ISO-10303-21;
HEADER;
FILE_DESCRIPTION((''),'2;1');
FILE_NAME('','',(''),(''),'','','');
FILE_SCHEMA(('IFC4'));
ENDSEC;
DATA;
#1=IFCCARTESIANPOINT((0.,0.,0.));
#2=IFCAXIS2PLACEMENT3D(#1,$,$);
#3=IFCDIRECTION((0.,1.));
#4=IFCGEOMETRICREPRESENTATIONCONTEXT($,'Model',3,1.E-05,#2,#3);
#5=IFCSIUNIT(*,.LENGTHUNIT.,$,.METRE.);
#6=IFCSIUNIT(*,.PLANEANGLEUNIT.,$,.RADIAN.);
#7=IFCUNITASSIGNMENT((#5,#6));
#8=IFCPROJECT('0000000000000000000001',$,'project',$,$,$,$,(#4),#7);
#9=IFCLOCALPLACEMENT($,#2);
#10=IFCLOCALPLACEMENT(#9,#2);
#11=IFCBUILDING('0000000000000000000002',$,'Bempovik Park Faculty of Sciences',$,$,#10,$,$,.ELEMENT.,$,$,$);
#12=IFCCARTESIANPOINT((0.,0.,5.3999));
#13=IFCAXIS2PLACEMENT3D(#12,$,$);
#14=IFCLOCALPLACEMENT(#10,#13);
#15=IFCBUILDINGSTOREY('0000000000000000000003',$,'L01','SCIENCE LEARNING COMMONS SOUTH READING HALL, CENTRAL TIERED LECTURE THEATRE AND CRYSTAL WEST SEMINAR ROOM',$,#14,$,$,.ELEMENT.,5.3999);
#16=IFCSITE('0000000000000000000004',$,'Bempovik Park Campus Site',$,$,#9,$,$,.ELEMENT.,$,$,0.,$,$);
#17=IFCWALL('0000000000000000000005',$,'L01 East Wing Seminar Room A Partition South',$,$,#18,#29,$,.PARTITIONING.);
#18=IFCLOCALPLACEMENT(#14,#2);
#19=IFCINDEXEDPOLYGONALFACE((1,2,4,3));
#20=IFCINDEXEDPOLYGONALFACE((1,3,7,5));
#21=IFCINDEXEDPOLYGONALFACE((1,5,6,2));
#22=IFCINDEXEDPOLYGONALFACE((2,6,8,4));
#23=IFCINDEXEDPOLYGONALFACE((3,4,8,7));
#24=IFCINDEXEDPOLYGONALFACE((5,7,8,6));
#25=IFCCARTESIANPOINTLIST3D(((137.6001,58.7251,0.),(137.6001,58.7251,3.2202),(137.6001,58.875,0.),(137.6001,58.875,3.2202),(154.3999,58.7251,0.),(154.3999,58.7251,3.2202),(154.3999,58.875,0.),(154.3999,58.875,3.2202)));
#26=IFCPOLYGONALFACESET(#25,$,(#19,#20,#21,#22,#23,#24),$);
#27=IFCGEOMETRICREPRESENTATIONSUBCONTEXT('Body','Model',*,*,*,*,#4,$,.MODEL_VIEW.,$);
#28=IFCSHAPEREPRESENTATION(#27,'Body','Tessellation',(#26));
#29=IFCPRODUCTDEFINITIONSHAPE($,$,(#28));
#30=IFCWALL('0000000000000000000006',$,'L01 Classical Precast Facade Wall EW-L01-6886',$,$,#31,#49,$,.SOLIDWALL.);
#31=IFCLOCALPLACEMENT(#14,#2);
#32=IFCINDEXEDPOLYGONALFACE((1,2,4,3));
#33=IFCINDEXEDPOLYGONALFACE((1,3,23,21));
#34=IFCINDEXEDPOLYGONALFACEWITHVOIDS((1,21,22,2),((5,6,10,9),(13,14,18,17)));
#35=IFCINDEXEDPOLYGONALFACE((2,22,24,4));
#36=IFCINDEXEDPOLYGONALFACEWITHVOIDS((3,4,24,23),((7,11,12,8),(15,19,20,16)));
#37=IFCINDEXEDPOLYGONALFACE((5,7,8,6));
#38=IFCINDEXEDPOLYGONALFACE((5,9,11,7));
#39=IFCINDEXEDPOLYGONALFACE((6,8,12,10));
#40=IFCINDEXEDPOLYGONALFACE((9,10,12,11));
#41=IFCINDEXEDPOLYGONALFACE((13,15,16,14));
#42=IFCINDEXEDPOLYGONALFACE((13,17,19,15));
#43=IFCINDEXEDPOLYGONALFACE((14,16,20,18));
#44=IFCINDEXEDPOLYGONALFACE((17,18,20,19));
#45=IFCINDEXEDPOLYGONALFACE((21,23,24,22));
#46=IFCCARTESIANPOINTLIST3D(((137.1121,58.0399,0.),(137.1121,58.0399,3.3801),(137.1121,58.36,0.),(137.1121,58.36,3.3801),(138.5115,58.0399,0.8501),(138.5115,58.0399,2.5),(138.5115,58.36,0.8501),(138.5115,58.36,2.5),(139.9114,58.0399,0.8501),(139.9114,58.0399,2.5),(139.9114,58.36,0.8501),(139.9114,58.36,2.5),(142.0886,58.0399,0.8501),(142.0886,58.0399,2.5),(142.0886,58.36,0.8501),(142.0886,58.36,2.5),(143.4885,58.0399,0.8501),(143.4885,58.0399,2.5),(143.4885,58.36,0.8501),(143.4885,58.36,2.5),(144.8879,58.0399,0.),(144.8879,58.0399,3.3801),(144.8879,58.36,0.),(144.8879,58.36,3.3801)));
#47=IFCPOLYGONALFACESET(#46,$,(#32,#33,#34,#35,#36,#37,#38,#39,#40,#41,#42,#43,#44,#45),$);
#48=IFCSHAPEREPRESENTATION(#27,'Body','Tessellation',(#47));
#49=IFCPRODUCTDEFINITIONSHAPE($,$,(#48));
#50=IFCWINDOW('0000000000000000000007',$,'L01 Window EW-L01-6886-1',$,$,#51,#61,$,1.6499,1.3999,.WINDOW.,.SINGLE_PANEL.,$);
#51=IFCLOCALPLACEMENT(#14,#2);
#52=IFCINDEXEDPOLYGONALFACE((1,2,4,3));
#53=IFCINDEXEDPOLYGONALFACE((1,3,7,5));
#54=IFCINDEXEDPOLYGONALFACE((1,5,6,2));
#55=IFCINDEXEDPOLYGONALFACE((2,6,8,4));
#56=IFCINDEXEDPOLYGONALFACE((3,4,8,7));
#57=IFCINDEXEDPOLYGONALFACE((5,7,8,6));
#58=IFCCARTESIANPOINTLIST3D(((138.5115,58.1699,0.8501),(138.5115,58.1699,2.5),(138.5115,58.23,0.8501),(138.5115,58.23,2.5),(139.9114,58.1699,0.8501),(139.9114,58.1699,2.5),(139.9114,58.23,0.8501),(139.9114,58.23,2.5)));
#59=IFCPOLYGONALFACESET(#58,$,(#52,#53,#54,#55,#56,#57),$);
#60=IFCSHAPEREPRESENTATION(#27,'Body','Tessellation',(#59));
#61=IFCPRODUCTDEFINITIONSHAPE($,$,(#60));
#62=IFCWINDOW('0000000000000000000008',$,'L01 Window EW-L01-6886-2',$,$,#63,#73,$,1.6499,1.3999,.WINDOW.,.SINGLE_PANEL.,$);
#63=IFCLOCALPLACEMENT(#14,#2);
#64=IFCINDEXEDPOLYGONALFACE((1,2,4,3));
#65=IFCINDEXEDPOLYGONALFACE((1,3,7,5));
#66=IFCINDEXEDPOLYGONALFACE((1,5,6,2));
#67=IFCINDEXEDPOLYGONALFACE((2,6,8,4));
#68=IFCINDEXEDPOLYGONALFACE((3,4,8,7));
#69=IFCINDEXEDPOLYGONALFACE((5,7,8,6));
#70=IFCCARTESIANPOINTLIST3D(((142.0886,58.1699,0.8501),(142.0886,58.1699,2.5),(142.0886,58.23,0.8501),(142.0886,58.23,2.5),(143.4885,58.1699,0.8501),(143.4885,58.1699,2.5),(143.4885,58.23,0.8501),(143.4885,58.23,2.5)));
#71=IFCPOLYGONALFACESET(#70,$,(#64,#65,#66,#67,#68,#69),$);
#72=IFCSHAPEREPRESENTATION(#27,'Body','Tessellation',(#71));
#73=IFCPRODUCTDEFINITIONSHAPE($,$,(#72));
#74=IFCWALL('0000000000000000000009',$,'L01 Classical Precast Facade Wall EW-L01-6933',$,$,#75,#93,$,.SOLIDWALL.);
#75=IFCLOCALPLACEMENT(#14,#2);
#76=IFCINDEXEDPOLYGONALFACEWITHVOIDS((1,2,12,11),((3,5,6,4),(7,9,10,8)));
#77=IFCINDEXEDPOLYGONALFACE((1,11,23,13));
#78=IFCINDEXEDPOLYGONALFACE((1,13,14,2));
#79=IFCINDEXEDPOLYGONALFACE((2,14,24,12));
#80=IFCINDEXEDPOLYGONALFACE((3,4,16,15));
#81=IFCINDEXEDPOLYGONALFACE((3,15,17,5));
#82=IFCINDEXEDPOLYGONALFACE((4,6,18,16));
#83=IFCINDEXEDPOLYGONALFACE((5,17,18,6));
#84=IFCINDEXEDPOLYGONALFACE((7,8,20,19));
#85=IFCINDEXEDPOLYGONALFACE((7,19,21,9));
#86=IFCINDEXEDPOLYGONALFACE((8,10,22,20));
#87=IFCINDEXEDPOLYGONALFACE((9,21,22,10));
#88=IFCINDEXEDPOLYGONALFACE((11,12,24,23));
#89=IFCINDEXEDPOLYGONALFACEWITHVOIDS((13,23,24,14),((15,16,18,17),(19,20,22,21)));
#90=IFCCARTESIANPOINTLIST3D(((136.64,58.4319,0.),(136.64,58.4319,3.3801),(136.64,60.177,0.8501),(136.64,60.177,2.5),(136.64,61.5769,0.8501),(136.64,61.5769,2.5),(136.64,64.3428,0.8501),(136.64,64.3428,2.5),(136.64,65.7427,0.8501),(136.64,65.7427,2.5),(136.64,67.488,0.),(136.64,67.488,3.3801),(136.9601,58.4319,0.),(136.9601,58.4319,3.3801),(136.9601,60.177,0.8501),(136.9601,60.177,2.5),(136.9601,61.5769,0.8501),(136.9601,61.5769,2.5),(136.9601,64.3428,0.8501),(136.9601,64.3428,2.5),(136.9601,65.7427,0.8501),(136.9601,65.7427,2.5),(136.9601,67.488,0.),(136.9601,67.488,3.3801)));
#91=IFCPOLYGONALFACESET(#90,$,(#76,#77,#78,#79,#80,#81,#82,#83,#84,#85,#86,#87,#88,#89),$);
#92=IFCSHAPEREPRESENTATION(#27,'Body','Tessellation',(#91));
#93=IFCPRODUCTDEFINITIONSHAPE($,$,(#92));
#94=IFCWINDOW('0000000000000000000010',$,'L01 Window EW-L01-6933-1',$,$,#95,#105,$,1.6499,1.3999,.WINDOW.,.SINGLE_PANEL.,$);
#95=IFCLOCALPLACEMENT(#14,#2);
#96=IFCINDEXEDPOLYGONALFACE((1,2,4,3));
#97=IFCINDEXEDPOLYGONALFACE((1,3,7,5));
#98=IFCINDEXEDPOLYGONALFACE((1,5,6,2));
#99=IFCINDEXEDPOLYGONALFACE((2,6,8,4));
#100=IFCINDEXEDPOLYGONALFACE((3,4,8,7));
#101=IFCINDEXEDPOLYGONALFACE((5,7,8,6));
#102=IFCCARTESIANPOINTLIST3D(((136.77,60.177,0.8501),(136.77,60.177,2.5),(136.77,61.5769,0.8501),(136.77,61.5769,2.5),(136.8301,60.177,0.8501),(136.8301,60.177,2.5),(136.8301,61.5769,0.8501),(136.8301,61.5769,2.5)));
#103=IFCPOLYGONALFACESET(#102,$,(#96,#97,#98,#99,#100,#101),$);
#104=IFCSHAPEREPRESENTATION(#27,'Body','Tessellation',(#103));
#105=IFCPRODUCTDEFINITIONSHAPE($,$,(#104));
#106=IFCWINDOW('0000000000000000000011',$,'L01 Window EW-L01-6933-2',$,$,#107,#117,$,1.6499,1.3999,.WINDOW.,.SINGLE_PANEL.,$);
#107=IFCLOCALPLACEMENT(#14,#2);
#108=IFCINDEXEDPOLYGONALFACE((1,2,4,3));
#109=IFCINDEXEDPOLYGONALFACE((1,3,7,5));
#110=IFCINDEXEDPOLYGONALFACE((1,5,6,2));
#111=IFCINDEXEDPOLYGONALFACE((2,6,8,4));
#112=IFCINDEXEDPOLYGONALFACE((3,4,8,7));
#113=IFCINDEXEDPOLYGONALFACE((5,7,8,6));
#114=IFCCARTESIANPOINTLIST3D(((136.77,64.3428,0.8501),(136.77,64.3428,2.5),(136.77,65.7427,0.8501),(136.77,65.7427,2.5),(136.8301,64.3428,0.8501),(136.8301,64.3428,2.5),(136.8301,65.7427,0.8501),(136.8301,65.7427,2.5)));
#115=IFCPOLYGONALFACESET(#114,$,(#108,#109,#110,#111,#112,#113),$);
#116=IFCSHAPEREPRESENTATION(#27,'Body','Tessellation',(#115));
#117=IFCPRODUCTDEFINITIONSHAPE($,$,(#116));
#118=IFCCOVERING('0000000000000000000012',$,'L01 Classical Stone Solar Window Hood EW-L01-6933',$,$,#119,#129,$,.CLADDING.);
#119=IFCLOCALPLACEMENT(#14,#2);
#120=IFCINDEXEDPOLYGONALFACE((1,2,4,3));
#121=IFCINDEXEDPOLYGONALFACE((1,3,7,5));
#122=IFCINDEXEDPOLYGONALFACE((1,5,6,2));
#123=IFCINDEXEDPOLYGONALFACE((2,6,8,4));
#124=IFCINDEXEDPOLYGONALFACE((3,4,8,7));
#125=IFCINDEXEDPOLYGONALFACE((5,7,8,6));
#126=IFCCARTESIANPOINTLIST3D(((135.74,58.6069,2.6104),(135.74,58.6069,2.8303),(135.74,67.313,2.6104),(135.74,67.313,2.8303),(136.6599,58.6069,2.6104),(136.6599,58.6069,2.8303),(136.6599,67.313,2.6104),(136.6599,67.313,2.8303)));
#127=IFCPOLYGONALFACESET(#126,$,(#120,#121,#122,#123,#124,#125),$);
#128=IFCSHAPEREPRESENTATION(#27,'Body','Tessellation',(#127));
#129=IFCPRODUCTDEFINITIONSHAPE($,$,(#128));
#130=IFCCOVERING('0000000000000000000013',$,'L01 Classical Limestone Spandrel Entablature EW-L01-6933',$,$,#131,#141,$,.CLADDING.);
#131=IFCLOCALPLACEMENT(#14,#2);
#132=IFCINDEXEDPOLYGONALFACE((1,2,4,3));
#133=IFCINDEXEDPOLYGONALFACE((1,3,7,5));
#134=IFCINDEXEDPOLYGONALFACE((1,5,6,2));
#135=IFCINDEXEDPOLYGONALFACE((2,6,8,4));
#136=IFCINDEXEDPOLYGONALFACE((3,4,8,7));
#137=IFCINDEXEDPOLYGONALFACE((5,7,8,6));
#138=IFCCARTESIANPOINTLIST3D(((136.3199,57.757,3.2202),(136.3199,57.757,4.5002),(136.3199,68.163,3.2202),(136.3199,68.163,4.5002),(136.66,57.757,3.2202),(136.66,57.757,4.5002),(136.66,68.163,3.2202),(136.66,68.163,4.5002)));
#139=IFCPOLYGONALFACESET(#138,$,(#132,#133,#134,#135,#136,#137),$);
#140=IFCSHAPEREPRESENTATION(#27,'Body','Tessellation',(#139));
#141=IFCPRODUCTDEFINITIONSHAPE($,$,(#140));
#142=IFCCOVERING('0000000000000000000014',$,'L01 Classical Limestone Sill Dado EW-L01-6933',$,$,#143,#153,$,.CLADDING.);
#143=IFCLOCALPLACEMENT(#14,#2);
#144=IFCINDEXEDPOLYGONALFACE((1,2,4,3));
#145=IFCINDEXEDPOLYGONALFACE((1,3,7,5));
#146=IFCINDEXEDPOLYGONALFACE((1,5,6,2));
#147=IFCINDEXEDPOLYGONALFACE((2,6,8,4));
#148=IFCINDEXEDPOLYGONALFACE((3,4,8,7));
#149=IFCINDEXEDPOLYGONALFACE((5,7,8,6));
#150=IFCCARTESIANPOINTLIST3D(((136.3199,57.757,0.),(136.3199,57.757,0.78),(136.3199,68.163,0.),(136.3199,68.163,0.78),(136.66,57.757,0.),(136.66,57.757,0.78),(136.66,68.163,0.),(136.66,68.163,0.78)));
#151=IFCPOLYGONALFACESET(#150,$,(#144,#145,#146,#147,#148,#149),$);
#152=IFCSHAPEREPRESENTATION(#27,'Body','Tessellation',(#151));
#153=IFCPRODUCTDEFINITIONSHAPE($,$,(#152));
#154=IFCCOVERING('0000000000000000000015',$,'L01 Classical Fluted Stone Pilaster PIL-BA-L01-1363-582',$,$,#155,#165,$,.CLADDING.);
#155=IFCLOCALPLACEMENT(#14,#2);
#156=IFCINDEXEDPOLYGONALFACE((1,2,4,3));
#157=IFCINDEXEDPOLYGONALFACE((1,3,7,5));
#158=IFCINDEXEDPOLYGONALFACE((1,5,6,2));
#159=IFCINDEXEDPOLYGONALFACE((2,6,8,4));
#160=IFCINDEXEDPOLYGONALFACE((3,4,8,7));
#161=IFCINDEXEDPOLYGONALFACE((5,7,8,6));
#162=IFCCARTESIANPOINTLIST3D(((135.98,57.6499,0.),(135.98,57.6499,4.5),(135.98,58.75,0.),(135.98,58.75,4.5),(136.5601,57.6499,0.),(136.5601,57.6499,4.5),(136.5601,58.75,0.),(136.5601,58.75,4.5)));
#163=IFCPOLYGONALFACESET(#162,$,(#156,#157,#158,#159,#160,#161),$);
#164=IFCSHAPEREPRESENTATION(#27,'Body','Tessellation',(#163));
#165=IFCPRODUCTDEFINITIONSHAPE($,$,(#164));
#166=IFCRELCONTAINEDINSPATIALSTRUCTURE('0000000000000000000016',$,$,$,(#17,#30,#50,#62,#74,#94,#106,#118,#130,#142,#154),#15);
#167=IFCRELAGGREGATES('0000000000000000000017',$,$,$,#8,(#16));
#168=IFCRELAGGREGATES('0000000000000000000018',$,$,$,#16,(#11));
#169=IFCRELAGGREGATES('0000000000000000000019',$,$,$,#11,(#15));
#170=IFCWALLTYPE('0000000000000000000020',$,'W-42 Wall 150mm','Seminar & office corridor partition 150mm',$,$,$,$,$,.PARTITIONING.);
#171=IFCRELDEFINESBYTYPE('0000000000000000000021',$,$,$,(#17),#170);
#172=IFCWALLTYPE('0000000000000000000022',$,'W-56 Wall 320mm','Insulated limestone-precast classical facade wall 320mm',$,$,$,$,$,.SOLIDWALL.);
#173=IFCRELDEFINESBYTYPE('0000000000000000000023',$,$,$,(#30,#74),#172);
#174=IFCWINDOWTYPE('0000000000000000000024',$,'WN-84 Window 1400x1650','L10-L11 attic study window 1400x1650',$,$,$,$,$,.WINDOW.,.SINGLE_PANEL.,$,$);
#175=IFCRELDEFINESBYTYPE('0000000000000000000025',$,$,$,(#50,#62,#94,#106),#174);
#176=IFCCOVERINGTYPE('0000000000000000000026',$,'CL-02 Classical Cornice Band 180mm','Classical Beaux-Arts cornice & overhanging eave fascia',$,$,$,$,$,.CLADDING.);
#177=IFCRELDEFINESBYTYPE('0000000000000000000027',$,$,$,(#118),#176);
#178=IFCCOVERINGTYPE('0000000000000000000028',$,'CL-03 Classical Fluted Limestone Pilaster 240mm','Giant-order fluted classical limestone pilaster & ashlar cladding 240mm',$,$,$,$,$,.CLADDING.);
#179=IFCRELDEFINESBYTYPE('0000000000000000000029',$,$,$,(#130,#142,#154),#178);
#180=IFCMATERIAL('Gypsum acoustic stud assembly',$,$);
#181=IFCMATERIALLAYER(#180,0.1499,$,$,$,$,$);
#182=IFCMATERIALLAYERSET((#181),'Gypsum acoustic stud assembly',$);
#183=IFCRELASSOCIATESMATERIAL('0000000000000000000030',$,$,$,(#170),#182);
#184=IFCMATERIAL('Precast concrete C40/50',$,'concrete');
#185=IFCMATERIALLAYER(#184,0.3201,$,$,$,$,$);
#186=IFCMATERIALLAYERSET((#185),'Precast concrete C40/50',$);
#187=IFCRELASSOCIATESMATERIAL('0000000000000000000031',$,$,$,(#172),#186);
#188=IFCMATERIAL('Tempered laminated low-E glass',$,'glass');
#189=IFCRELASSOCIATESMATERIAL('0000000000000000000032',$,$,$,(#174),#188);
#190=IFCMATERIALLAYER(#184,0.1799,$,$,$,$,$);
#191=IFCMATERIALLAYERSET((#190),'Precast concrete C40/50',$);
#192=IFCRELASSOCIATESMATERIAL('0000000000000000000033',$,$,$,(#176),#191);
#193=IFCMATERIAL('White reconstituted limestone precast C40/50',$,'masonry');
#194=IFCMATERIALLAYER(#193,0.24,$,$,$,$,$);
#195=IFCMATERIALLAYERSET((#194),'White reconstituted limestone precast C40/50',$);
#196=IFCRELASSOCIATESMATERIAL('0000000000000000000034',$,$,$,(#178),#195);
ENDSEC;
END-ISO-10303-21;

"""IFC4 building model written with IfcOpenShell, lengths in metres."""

from ifc_helpers import new_model, si_unit, direction, frame, frame_2d, origin, origin_2d, place, context, subcontext, project, spatial, rectangle, extrude, material, layer, layer_set, type_object, element, fill, save


model = new_model("IFC4")

# Units and contexts
model_context = context("Model", 3, precision=1e-05, world=origin(), true_north=direction((0.0, 1.0)))
body_context = subcontext(model_context, "Body", "Model", "MODEL_VIEW")
ifc_project = project(units=[si_unit("LENGTHUNIT", "METRE"), si_unit("PLANEANGLEUNIT", "RADIAN")], contexts=[model_context])

# Site, building, storey
site_placement = place(None, origin())
site = spatial("IfcSite", under=ifc_project, at=site_placement, Name="Bempovik Park Campus Site", CompositionType="ELEMENT", RefElevation=0.0)
building_placement = place(site_placement, origin())
building = spatial("IfcBuilding", under=site, at=building_placement, Name="Bempovik Park Faculty of Sciences", CompositionType="ELEMENT")
storey_placement = place(building_placement, frame((0.0, 0.0, 5.3999)))
storey = spatial("IfcBuildingStorey", under=building, at=storey_placement, Name="L01", Description="SCIENCE LEARNING COMMONS SOUTH READING HALL, CENTRAL TIERED LECTURE THEATRE AND CRYSTAL WEST SEMINAR ROOM", CompositionType="ELEMENT", Elevation=5.3999)

# Shared definitions
ifc_material_1 = material(Name="Tempered laminated low-E glass", Category="glass")

# Wall
ifc_material_2 = material(Name="Gypsum acoustic stud assembly")
ifc_layer_1 = layer(ifc_material_2, 0.1499)
ifc_layer_set_1 = layer_set([ifc_layer_1], Name="Gypsum acoustic stud assembly")
wall_type_1 = type_object("IfcWallType", Name="W-42 Wall 150mm", Description="Seminar & office corridor partition 150mm", PredefinedType="PARTITIONING", material=ifc_layer_set_1)
wall_1_placement = place(storey_placement, frame((137.6001, 58.8, 0.0), z_axis=(0.0, 0.0, 1.0), x_axis=(1.0, 0.0, 0.0)))
element("IfcWall", 1, at=wall_1_placement, inside=storey, type_object=wall_type_1, Name="L01 East Wing Seminar Room A Partition South", PredefinedType="PARTITIONING", context=body_context, shape_type="SweptSolid", body=[
    extrude(rectangle(XDim=16.7998, YDim=0.1499, at=frame_2d((8.3999, 0.0))), origin(), (0.0, 0.0, 1.0), 3.2202),
])

# Walls, openings, windows
ifc_material_3 = material(Name="Precast concrete C40/50", Category="concrete")
ifc_layer_2 = layer(ifc_material_3, 0.3201)
ifc_layer_set_2 = layer_set([ifc_layer_2], Name="Precast concrete C40/50")
wall_type_2 = type_object("IfcWallType", Name="W-56 Wall 320mm", Description="Insulated limestone-precast classical facade wall 320mm", PredefinedType="SOLIDWALL", material=ifc_layer_set_2)
wall_2_placement = place(storey_placement, frame((137.1121, 58.2, 0.0), z_axis=(0.0, 0.0, 1.0), x_axis=(1.0, 0.0, 0.0)))
wall_2 = element("IfcWall", 2, at=wall_2_placement, inside=storey, type_object=wall_type_2, Name="L01 Classical Precast Facade Wall EW-L01-6886", PredefinedType="SOLIDWALL", context=body_context, shape_type="SweptSolid", body=[
    extrude(rectangle(XDim=7.7759, YDim=0.3201, at=frame_2d((3.8879, 0.0))), origin(), (0.0, 0.0, 1.0), 3.3801),
])
opening_1_placement = place(wall_2_placement, frame((1.3994, 0.0, 0.8501)))
opening_1 = element("IfcOpeningElement", 3, at=opening_1_placement, cuts=wall_2, PredefinedType="OPENING", context=body_context, shape_type="SweptSolid", body=[
    extrude(rectangle(XDim=1.3999, YDim=1.6499, at=frame_2d((0.7, 0.825))), frame((0.0, 0.1699, 0.0), z_axis=(0.0, -1.0, 0.0), x_axis=(1.0, 0.0, 0.0)), (0.0, 0.0, 1.0), 0.3401),
])
opening_2_placement = place(wall_2_placement, frame((4.9766, 0.0, 0.8501)))
opening_2 = element("IfcOpeningElement", 4, at=opening_2_placement, cuts=wall_2, PredefinedType="OPENING", context=body_context, shape_type="SweptSolid", body=[
    extrude(rectangle(XDim=1.3999, YDim=1.6499, at=frame_2d((0.7, 0.825))), frame((0.0, 0.1699, 0.0), z_axis=(0.0, -1.0, 0.0), x_axis=(1.0, 0.0, 0.0)), (0.0, 0.0, 1.0), 0.3401),
])
window_type = type_object("IfcWindowType", Name="WN-84 Window 1400x1650", Description="L10-L11 attic study window 1400x1650", PartitioningType="SINGLE_PANEL", PredefinedType="WINDOW", material=ifc_material_1)
window_1_placement = place(opening_1_placement, origin())
window_1 = element("IfcWindow", 5, at=window_1_placement, inside=storey, type_object=window_type, Name="L01 Window EW-L01-6886-1", OverallHeight=1.6499, OverallWidth=1.3999, PartitioningType="SINGLE_PANEL", PredefinedType="WINDOW", context=body_context, shape_type="SweptSolid", body=[
    extrude(rectangle(XDim=1.3999, YDim=1.6499, at=frame_2d((0.7, 0.825))), frame((0.0, 0.03, 0.0), z_axis=(0.0, -1.0, 0.0), x_axis=(1.0, 0.0, 0.0)), (0.0, 0.0, 1.0), 0.0601),
])
fill(opening_1, window_1)
window_2_placement = place(opening_2_placement, origin())
window_2 = element("IfcWindow", 6, at=window_2_placement, inside=storey, type_object=window_type, Name="L01 Window EW-L01-6886-2", OverallHeight=1.6499, OverallWidth=1.3999, PartitioningType="SINGLE_PANEL", PredefinedType="WINDOW", context=body_context, shape_type="SweptSolid", body=[
    extrude(rectangle(XDim=1.3999, YDim=1.6499, at=frame_2d((0.7, 0.825))), frame((0.0, 0.03, 0.0), z_axis=(0.0, -1.0, 0.0), x_axis=(1.0, 0.0, 0.0)), (0.0, 0.0, 1.0), 0.0601),
])
fill(opening_2, window_2)
wall_3_placement = place(storey_placement, frame((136.8, 58.4319, 0.0), z_axis=(0.0, 0.0, 1.0), x_axis=(0.0, 1.0, 0.0)))
wall_3 = element("IfcWall", 7, at=wall_3_placement, inside=storey, type_object=wall_type_2, Name="L01 Classical Precast Facade Wall EW-L01-6933", PredefinedType="SOLIDWALL", context=body_context, shape_type="SweptSolid", body=[
    extrude(rectangle(XDim=9.0562, YDim=0.3201, at=frame_2d((4.5281, 0.0))), origin(), (0.0, 0.0, 1.0), 3.3801),
])
opening_3_placement = place(wall_3_placement, frame((1.7451, 0.0, 0.8501)))
opening_3 = element("IfcOpeningElement", 8, at=opening_3_placement, cuts=wall_3, PredefinedType="OPENING", context=body_context, shape_type="SweptSolid", body=[
    extrude(rectangle(XDim=1.3999, YDim=1.6499, at=frame_2d((0.7, 0.825))), frame((0.0, 0.1699, 0.0), z_axis=(0.0, -1.0, 0.0), x_axis=(1.0, 0.0, 0.0)), (0.0, 0.0, 1.0), 0.3401),
])
opening_4_placement = place(wall_3_placement, frame((5.9109, 0.0, 0.8501)))
opening_4 = element("IfcOpeningElement", 9, at=opening_4_placement, cuts=wall_3, PredefinedType="OPENING", context=body_context, shape_type="SweptSolid", body=[
    extrude(rectangle(XDim=1.3999, YDim=1.6499, at=frame_2d((0.7, 0.825))), frame((0.0, 0.1699, 0.0), z_axis=(0.0, -1.0, 0.0), x_axis=(1.0, 0.0, 0.0)), (0.0, 0.0, 1.0), 0.3401),
])
window_3_placement = place(opening_3_placement, origin())
window_3 = element("IfcWindow", 10, at=window_3_placement, inside=storey, type_object=window_type, Name="L01 Window EW-L01-6933-1", OverallHeight=1.6499, OverallWidth=1.3999, PartitioningType="SINGLE_PANEL", PredefinedType="WINDOW", context=body_context, shape_type="SweptSolid", body=[
    extrude(rectangle(XDim=1.3999, YDim=1.6499, at=frame_2d((0.7, 0.825))), frame((0.0, 0.03, 0.0), z_axis=(0.0, -1.0, 0.0), x_axis=(1.0, 0.0, 0.0)), (0.0, 0.0, 1.0), 0.0601),
])
fill(opening_3, window_3)
window_4_placement = place(opening_4_placement, origin())
window_4 = element("IfcWindow", 11, at=window_4_placement, inside=storey, type_object=window_type, Name="L01 Window EW-L01-6933-2", OverallHeight=1.6499, OverallWidth=1.3999, PartitioningType="SINGLE_PANEL", PredefinedType="WINDOW", context=body_context, shape_type="SweptSolid", body=[
    extrude(rectangle(XDim=1.3999, YDim=1.6499, at=frame_2d((0.7, 0.825))), frame((0.0, 0.03, 0.0), z_axis=(0.0, -1.0, 0.0), x_axis=(1.0, 0.0, 0.0)), (0.0, 0.0, 1.0), 0.0601),
])
fill(opening_4, window_4)

# Coverings
ifc_layer_3 = layer(ifc_material_3, 0.1799)
ifc_layer_set_3 = layer_set([ifc_layer_3], Name="Precast concrete C40/50")
covering_type_1 = type_object("IfcCoveringType", Name="CL-02 Classical Cornice Band 180mm", Description="Classical Beaux-Arts cornice & overhanging eave fascia", PredefinedType="CLADDING", material=ifc_layer_set_3)
covering_1_placement = place(storey_placement, frame((136.2, 62.96, 2.6104), z_axis=(0.0, 0.0, 1.0), x_axis=(1.0, 0.0, 0.0)))
element("IfcCovering", 12, at=covering_1_placement, inside=storey, type_object=covering_type_1, Name="L01 Classical Stone Solar Window Hood EW-L01-6933", PredefinedType="CLADDING", context=body_context, shape_type="SweptSolid", body=[
    extrude(rectangle(XDim=0.9199, YDim=8.7061, at=origin_2d()), origin(), (0.0, 0.0, 1.0), 0.22),
])
ifc_material_4 = material(Name="White reconstituted limestone precast C40/50", Category="masonry")
ifc_layer_4 = layer(ifc_material_4, 0.24)
ifc_layer_set_4 = layer_set([ifc_layer_4], Name="White reconstituted limestone precast C40/50")
covering_type_2 = type_object("IfcCoveringType", Name="CL-03 Classical Fluted Limestone Pilaster 240mm", Description="Giant-order fluted classical limestone pilaster & ashlar cladding 240mm", PredefinedType="CLADDING", material=ifc_layer_set_4)
covering_2_placement = place(storey_placement, frame((136.49, 62.96, 3.2202), z_axis=(0.0, 0.0, 1.0), x_axis=(1.0, 0.0, 0.0)))
element("IfcCovering", 13, at=covering_2_placement, inside=storey, type_object=covering_type_2, Name="L01 Classical Limestone Spandrel Entablature EW-L01-6933", PredefinedType="CLADDING", context=body_context, shape_type="SweptSolid", body=[
    extrude(rectangle(XDim=0.3401, YDim=10.406, at=origin_2d()), origin(), (0.0, 0.0, 1.0), 1.28),
])
covering_3_placement = place(storey_placement, frame((136.49, 62.96, 0.0), z_axis=(0.0, 0.0, 1.0), x_axis=(1.0, 0.0, 0.0)))
element("IfcCovering", 14, at=covering_3_placement, inside=storey, type_object=covering_type_2, Name="L01 Classical Limestone Sill Dado EW-L01-6933", PredefinedType="CLADDING", context=body_context, shape_type="SweptSolid", body=[
    extrude(rectangle(XDim=0.3401, YDim=10.406, at=origin_2d()), origin(), (0.0, 0.0, 1.0), 0.78),
])
covering_4_placement = place(storey_placement, frame((136.27, 58.2, 0.0), z_axis=(0.0, 0.0, 1.0), x_axis=(1.0, 0.0, 0.0)))
element("IfcCovering", 15, at=covering_4_placement, inside=storey, type_object=covering_type_2, Name="L01 Classical Fluted Stone Pilaster PIL-BA-L01-1363-582", PredefinedType="CLADDING", context=body_context, shape_type="SweptSolid", body=[
    extrude(rectangle(XDim=0.5801, YDim=1.1001, at=origin_2d()), origin(), (0.0, 0.0, 1.0), 4.5),
])

save(model, "model.ifc")
